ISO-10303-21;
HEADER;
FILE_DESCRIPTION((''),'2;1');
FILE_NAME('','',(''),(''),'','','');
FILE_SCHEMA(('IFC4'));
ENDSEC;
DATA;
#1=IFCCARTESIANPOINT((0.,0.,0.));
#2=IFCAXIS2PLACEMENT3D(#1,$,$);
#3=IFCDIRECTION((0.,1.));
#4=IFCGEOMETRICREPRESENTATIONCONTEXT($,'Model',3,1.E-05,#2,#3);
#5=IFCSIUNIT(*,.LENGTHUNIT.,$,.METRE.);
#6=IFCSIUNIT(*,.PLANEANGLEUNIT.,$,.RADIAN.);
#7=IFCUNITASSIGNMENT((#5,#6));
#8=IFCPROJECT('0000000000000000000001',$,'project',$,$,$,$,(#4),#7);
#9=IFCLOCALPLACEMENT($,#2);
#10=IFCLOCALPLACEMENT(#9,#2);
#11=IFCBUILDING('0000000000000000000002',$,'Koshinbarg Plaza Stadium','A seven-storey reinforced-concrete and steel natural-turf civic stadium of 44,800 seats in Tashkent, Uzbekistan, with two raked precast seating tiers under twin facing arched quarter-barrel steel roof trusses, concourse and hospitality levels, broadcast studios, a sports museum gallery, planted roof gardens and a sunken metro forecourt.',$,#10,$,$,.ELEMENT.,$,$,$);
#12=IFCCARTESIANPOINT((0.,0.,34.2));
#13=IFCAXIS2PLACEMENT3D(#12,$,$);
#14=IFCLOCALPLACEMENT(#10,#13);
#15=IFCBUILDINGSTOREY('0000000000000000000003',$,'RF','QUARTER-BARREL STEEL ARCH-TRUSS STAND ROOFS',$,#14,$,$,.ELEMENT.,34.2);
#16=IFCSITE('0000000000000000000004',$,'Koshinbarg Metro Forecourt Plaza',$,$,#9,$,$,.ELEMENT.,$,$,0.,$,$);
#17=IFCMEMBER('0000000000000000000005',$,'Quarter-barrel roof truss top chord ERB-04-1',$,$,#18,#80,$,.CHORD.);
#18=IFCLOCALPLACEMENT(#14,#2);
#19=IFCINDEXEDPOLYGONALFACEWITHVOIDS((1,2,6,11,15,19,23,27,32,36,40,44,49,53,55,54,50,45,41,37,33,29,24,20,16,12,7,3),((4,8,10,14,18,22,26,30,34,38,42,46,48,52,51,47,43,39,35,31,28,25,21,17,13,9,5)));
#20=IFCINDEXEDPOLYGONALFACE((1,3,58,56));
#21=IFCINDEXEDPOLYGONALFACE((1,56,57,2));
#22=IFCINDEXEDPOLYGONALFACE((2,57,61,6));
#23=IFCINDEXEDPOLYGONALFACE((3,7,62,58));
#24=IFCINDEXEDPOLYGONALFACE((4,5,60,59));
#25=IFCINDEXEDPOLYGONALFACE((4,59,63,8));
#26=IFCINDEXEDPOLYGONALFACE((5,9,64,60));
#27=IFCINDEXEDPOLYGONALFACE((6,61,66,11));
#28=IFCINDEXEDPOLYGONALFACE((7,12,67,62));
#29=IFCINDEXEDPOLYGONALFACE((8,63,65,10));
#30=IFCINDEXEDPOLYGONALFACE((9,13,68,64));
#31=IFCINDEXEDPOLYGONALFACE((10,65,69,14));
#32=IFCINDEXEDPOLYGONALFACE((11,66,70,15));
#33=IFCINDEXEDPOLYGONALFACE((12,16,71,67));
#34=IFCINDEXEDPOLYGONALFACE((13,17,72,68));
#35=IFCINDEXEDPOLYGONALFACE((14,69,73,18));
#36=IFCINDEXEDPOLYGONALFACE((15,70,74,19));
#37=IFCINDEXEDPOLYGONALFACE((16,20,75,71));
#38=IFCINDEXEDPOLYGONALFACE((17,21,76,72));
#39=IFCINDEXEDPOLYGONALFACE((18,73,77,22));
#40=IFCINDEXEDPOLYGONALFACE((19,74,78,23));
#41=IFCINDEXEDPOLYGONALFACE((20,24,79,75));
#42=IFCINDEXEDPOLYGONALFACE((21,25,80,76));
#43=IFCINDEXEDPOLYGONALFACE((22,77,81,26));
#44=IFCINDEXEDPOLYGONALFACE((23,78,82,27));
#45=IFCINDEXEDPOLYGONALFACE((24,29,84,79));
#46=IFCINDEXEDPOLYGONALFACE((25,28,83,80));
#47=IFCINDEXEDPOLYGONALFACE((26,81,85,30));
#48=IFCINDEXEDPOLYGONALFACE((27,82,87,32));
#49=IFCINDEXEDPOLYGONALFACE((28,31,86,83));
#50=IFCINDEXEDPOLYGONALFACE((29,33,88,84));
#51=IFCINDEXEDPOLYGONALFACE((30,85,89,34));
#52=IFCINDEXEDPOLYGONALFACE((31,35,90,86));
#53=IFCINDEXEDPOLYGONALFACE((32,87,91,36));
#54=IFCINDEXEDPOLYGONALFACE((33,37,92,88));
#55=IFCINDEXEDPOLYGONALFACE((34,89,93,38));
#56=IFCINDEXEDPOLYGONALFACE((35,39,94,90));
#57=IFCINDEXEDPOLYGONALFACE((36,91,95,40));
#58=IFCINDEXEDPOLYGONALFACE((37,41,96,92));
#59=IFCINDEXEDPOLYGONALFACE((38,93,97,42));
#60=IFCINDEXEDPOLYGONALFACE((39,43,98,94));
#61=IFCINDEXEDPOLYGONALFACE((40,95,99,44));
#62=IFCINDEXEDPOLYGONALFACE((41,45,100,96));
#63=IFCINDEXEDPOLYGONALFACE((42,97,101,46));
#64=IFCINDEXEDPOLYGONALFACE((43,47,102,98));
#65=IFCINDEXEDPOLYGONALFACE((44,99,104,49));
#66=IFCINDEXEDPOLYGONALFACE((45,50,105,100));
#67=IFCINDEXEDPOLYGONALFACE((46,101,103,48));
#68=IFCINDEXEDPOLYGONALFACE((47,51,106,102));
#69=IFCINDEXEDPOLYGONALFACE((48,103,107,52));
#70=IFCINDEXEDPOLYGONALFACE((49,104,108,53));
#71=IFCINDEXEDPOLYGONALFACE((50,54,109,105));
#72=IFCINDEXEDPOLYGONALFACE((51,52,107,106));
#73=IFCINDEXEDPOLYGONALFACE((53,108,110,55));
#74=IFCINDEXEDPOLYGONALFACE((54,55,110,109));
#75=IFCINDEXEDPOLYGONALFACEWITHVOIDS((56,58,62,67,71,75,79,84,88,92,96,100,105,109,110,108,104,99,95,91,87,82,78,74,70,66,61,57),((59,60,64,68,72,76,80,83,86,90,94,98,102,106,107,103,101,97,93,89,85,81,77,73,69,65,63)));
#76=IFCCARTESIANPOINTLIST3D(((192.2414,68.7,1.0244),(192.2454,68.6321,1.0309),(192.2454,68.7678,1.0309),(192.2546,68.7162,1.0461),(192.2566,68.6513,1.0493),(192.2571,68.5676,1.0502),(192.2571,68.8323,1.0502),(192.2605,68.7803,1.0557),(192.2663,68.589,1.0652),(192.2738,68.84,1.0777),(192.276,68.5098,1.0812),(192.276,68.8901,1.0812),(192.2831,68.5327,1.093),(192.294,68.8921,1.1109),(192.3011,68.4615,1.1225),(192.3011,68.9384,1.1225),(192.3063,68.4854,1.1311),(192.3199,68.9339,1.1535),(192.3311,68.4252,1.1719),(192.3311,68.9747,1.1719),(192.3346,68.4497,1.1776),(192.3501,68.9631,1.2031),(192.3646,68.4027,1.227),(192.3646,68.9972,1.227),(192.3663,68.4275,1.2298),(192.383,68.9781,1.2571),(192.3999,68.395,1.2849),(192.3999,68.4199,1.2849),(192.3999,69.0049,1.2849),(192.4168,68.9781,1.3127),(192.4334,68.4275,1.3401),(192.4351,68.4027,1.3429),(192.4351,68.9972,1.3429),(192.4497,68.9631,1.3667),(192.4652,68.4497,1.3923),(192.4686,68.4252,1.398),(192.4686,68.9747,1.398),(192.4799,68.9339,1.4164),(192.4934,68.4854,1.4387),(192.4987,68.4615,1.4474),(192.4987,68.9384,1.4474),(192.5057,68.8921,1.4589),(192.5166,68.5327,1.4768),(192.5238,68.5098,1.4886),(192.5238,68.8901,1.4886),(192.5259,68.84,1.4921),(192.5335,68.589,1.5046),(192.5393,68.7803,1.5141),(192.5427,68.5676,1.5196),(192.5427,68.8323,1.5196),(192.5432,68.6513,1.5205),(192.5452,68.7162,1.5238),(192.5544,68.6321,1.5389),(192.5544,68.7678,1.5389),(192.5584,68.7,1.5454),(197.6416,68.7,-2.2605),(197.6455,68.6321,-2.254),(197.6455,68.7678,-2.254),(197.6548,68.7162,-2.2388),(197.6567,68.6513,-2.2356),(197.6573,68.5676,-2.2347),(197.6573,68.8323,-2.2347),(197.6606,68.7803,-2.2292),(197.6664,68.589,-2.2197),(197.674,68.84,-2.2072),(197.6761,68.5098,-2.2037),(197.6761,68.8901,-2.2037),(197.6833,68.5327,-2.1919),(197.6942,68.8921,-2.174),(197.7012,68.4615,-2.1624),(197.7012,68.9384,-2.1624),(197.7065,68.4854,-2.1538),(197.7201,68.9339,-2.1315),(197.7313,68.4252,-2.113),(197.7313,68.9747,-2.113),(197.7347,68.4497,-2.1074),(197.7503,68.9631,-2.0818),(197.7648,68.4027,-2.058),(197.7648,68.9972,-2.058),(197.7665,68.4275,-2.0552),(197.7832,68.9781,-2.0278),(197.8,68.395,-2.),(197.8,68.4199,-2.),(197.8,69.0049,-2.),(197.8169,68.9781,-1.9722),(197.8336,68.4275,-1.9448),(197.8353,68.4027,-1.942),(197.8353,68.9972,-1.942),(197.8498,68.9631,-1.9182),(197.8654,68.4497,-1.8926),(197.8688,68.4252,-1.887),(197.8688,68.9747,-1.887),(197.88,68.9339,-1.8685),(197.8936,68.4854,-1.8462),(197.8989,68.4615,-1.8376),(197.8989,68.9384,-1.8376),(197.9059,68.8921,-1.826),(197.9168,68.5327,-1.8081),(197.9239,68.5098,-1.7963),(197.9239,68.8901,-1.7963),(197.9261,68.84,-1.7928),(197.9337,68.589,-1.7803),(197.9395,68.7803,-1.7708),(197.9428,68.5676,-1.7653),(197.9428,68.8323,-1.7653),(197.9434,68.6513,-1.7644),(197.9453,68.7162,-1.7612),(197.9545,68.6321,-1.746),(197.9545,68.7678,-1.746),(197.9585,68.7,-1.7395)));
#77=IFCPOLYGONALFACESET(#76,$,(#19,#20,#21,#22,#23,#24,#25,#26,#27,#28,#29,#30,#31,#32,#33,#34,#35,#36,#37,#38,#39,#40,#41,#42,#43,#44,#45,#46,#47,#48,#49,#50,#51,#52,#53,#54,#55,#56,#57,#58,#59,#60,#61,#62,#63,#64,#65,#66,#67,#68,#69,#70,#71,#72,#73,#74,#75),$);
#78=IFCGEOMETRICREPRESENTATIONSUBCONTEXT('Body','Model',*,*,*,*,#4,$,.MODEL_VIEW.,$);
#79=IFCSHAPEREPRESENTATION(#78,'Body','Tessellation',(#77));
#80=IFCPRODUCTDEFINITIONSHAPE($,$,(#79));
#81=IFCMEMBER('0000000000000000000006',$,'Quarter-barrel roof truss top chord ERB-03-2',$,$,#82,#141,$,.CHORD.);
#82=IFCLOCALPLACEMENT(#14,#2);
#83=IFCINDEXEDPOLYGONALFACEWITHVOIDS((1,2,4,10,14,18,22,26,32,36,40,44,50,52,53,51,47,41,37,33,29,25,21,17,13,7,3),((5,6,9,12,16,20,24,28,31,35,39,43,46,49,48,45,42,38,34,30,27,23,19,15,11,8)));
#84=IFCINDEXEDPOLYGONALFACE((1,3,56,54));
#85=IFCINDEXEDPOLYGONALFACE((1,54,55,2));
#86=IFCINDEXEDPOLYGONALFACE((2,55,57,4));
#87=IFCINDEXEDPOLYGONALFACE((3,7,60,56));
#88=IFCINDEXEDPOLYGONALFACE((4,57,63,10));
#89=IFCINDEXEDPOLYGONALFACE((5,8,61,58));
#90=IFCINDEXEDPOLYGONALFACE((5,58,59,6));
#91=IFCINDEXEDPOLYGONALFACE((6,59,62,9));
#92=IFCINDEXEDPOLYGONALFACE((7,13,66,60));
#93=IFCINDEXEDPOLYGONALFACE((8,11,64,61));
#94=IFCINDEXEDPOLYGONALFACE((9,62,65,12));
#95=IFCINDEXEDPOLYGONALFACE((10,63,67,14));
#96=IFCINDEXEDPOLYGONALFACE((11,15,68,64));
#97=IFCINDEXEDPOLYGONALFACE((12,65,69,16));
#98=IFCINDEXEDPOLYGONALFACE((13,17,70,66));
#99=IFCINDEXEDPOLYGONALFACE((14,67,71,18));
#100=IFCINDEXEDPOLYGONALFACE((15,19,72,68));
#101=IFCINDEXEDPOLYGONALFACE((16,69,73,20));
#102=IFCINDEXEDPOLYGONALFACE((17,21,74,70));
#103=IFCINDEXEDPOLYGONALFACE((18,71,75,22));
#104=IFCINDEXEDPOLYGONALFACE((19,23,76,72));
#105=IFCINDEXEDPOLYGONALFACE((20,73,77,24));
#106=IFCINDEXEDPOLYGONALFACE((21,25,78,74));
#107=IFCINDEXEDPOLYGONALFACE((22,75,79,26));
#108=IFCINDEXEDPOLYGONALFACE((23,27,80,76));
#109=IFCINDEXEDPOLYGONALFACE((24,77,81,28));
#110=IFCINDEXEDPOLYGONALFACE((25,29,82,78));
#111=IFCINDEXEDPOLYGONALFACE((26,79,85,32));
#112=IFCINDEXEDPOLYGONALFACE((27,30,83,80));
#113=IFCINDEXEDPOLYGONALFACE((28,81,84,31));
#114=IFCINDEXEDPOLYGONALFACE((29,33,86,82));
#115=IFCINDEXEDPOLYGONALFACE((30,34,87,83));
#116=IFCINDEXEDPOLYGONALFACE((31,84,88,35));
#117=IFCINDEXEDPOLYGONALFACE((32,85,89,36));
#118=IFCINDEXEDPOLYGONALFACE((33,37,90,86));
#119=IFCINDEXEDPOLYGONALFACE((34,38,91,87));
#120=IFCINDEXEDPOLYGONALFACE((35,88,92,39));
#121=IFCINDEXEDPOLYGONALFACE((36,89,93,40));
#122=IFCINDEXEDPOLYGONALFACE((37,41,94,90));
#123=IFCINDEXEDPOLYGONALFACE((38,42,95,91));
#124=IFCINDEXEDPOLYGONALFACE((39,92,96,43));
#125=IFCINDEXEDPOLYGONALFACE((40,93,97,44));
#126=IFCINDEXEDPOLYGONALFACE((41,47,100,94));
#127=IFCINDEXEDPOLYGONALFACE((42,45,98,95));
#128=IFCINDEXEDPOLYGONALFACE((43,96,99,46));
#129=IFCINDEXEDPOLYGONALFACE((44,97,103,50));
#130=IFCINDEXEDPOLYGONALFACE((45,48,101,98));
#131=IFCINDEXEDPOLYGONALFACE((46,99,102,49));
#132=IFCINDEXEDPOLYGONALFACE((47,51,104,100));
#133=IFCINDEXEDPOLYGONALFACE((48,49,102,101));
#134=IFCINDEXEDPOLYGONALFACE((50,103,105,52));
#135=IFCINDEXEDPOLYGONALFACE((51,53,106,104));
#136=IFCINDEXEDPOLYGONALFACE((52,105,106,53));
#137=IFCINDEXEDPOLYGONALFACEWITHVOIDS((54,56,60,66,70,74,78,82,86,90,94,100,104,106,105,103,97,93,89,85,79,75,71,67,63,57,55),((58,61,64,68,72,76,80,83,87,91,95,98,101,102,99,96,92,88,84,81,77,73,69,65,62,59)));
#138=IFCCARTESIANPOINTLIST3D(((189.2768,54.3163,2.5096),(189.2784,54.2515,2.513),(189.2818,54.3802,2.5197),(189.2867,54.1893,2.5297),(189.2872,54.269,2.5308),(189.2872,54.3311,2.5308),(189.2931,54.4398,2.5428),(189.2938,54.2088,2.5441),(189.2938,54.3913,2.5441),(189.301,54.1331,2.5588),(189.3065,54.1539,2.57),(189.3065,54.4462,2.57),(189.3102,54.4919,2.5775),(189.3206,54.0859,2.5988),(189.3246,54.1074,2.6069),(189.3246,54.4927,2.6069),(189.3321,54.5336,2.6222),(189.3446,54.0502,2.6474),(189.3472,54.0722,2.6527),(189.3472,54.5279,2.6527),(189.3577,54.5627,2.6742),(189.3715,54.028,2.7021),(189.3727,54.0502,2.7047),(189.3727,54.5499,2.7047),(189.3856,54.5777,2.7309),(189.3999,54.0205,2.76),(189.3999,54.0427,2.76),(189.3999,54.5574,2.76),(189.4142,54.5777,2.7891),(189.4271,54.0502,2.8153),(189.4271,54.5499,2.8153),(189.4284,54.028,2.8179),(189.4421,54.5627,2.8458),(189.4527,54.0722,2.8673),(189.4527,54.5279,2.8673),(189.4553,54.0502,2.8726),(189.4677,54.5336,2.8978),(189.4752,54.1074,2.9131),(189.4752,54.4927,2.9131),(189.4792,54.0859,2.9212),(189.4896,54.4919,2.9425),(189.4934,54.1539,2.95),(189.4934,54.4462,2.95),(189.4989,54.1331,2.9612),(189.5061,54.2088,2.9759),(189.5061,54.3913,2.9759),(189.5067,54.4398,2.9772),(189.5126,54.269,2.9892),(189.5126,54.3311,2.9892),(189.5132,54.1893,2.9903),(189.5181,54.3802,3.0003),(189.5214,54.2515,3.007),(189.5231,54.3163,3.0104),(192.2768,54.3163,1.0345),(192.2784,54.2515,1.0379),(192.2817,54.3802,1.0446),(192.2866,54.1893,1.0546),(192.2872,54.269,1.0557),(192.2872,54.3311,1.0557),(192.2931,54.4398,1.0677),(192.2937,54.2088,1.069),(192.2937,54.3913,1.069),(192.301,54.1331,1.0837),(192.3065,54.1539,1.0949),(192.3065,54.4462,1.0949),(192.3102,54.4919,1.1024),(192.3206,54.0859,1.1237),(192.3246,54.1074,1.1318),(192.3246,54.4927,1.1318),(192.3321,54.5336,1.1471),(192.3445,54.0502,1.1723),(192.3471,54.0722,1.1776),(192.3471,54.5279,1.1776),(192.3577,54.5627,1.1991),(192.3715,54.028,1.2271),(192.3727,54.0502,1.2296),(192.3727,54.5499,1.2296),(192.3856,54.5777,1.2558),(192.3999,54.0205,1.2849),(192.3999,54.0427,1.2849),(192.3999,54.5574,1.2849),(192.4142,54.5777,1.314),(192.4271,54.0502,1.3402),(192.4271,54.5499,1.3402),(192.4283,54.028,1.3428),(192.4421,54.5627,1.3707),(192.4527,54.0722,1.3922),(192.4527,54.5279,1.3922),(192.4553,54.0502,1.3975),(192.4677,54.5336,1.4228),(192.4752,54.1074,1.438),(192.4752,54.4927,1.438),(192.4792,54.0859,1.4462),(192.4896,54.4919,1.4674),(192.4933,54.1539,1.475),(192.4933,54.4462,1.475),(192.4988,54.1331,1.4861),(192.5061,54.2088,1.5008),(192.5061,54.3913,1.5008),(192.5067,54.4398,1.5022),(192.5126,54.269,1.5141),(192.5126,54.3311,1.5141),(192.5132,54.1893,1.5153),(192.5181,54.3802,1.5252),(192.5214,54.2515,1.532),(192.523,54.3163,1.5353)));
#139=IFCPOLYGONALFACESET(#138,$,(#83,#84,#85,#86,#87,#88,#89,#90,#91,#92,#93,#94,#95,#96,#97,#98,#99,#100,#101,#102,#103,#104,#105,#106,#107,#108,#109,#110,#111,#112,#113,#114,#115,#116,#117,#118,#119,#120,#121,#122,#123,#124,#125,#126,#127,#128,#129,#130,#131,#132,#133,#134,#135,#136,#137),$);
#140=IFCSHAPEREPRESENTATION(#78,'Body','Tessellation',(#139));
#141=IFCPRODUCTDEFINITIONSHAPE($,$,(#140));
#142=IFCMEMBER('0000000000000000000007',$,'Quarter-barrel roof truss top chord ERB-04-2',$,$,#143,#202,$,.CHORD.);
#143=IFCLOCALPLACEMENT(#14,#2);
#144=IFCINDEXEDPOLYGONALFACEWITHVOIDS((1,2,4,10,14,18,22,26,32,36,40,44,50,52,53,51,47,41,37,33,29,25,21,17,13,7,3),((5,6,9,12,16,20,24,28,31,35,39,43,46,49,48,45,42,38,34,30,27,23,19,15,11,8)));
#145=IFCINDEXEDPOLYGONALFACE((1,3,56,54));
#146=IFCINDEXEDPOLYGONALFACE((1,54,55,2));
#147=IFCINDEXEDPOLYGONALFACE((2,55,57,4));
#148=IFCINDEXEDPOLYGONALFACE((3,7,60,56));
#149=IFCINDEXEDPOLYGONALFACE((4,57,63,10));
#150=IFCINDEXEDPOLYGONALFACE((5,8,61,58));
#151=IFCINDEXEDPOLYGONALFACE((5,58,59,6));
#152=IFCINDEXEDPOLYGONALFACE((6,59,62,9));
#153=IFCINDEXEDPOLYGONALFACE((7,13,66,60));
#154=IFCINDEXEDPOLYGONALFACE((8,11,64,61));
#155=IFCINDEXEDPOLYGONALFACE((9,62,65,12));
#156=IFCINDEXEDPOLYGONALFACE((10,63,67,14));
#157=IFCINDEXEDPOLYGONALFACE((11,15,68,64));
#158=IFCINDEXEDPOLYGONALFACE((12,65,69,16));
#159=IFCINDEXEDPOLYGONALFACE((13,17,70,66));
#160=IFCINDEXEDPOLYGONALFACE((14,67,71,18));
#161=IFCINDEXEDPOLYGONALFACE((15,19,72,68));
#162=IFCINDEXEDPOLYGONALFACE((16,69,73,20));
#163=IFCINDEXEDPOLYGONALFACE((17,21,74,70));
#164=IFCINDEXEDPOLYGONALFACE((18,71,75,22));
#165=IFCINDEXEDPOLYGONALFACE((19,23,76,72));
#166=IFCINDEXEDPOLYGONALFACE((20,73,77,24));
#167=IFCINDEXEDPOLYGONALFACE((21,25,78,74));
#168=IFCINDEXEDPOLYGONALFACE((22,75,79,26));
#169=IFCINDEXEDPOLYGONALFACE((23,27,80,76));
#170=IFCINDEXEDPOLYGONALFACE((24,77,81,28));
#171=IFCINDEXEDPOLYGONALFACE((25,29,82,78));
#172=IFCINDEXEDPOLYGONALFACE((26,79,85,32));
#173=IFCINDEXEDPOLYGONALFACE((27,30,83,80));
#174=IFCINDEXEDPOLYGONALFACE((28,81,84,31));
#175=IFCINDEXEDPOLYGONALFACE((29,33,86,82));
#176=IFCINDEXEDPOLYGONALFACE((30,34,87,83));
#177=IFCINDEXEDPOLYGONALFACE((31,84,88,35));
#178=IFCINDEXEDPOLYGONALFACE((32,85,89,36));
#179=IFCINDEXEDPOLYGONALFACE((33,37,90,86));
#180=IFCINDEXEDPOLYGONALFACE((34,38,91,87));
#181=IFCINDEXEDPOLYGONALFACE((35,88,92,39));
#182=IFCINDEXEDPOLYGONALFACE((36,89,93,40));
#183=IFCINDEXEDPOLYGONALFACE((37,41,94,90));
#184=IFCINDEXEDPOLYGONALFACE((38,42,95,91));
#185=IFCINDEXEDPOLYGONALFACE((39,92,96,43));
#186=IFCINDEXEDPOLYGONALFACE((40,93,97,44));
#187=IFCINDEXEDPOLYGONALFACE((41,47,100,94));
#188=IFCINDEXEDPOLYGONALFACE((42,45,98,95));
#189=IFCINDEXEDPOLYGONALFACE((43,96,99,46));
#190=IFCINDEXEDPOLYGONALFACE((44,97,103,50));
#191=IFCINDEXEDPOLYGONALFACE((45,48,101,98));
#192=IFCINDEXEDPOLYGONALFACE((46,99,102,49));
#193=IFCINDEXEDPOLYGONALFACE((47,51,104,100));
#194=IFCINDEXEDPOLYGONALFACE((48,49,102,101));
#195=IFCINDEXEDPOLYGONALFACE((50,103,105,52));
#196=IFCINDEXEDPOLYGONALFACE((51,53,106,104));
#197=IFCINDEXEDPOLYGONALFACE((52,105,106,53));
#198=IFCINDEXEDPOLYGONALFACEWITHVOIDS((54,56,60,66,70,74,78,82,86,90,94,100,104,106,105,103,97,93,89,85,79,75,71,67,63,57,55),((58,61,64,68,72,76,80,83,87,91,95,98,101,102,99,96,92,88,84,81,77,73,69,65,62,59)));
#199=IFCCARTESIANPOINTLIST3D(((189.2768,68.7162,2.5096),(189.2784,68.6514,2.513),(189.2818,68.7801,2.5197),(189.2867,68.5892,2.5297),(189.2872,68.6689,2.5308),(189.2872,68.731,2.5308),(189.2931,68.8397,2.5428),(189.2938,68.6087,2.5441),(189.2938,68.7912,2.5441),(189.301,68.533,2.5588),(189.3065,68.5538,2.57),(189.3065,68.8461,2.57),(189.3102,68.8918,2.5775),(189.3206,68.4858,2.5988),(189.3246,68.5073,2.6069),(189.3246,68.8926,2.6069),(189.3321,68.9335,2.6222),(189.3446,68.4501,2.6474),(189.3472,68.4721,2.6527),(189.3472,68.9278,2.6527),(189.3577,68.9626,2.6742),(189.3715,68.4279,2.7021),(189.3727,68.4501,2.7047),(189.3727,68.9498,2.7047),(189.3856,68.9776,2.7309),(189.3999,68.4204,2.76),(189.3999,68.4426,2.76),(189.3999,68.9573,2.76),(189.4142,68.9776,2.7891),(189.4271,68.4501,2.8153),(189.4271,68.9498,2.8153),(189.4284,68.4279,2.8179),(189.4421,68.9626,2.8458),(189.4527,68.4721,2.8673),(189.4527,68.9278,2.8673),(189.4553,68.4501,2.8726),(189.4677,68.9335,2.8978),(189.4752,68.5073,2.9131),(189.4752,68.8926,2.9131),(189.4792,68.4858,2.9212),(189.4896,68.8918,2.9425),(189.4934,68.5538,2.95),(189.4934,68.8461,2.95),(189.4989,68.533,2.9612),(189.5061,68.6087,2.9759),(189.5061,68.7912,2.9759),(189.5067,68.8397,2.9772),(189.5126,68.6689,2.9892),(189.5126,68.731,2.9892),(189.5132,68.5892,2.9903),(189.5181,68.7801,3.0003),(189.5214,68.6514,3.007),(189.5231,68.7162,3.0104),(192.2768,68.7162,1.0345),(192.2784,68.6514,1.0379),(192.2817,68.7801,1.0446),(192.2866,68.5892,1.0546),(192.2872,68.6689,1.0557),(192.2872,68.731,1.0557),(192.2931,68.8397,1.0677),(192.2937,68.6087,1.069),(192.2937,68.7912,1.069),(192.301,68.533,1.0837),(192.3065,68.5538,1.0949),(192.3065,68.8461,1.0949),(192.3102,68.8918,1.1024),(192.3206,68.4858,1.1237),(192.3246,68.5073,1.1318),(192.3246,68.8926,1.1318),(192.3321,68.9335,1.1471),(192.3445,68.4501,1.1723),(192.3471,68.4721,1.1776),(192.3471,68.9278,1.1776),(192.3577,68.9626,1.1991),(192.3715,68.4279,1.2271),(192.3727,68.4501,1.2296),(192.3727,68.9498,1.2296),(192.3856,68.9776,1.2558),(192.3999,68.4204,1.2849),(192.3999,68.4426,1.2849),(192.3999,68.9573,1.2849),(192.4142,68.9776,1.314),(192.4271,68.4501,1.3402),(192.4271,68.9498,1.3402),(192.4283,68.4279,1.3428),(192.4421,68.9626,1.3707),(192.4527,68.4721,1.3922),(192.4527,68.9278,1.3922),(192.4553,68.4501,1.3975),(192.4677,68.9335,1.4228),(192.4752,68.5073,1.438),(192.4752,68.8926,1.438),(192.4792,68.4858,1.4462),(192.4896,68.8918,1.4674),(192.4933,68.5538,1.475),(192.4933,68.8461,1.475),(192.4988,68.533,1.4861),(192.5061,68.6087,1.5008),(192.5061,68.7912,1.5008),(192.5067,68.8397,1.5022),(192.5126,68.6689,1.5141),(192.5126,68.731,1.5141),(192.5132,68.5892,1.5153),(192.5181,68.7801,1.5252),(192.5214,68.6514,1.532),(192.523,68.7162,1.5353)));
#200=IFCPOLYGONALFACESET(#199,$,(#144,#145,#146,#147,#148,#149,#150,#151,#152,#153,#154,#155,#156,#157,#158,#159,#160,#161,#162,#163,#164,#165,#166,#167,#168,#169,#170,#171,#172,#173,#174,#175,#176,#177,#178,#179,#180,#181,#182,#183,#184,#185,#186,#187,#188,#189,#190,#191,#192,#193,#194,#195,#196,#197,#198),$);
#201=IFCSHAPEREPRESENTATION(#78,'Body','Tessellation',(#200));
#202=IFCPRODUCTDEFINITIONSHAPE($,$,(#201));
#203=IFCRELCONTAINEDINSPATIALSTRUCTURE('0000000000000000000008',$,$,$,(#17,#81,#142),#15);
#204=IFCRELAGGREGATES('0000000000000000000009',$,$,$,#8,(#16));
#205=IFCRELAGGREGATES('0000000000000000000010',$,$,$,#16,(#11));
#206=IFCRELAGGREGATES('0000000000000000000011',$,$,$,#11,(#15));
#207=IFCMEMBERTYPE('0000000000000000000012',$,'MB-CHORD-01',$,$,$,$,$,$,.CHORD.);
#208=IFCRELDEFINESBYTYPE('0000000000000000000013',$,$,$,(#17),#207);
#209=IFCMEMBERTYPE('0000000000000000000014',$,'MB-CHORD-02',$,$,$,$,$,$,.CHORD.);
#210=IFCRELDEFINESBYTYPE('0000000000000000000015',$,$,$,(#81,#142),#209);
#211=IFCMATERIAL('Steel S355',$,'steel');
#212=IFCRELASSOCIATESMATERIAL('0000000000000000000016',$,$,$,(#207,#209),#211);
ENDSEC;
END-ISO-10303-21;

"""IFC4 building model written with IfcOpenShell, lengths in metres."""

from ifc_helpers import new_model, si_unit, direction, frame, origin, origin_2d, place, context, subcontext, project, spatial, hollow_circle, extrude, material, material_profile, profile_set, type_object, element, save


model = new_model("IFC4")

# Units and contexts
model_context = context("Model", 3, precision=1e-05, world=origin(), true_north=direction((0.0, 1.0)))
body_context = subcontext(model_context, "Body", "Model", "MODEL_VIEW")
ifc_project = project(units=[si_unit("LENGTHUNIT", "METRE"), si_unit("PLANEANGLEUNIT", "RADIAN")], contexts=[model_context])

# Site, building, storey
site_placement = place(None, origin())
site = spatial("IfcSite", under=ifc_project, at=site_placement, Name="Koshinbarg Metro Forecourt Plaza", CompositionType="ELEMENT", RefElevation=0.0)
building_placement = place(site_placement, origin())
building = spatial("IfcBuilding", under=site, at=building_placement, Name="Koshinbarg Plaza Stadium", Description="A seven-storey reinforced-concrete and steel natural-turf civic stadium of 44,800 seats in Tashkent, Uzbekistan, with two raked precast seating tiers under twin facing arched quarter-barrel steel roof trusses, concourse and hospitality levels, broadcast studios, a sports museum gallery, planted roof gardens and a sunken metro forecourt.", CompositionType="ELEMENT")
storey_placement = place(building_placement, frame((0.0, 0.0, 34.2)))
storey = spatial("IfcBuildingStorey", under=building, at=storey_placement, Name="RF", Description="QUARTER-BARREL STEEL ARCH-TRUSS STAND ROOFS", CompositionType="ELEMENT", Elevation=34.2)

# Members
ifc_material_1 = material(Name="Steel S355", Category="steel")
ifc_material_profile_1 = material_profile(ifc_material_1, hollow_circle(Radius=0.3049, WallThickness=0.0249, at=origin_2d()), Name="CHS 610x25")
ifc_profile_set_1 = profile_set([ifc_material_profile_1], Name="Steel S355")
member_type_1 = type_object("IfcMemberType", Name="MB-CHORD-01", PredefinedType="CHORD", material=ifc_profile_set_1)
for number, where, z_axis, x_axis, name in (
    (1, (197.8, 68.7, -2.0), (-0.854348, 0.0, 0.519701), (0.0, -1.0, 0.0), "Quarter-barrel roof truss top chord ERB-04-1"),
):
    element("IfcMember", number, at=place(storey_placement, frame(where, z_axis=z_axis, x_axis=x_axis)), inside=storey, type_object=member_type_1, Name=name, PredefinedType="CHORD", context=body_context, shape_type="SweptSolid", body=[
        extrude(hollow_circle(Radius=0.3049, WallThickness=0.0249, at=origin_2d()), origin(), (0.0, 0.0, 1.0), 6.3208),
    ])
ifc_material_profile_2 = material_profile(ifc_material_1, hollow_circle(Radius=0.2795, WallThickness=0.0222, at=origin_2d()), Name="CHS 559x22.2")
ifc_profile_set_2 = profile_set([ifc_material_profile_2], Name="Steel S355")
member_type_2 = type_object("IfcMemberType", Name="MB-CHORD-02", PredefinedType="CHORD", material=ifc_profile_set_2)
for number, where, z_axis, x_axis, name in (
    (2, (192.3999, 54.3, 1.2849), (-0.897387, 0.0, 0.441244), (0.0, -1.0, 0.0), "Quarter-barrel roof truss top chord ERB-03-2"),
    (3, (192.3999, 68.7, 1.2849), (-0.897387, 0.0, 0.441244), (0.0, -1.0, 0.0), "Quarter-barrel roof truss top chord ERB-04-2"),
):
    element("IfcMember", number, at=place(storey_placement, frame(where, z_axis=z_axis, x_axis=x_axis)), inside=storey, type_object=member_type_2, Name=name, PredefinedType="CHORD", context=body_context, shape_type="SweptSolid", body=[
        extrude(hollow_circle(Radius=0.2795, WallThickness=0.0222, at=origin_2d()), origin(), (0.0, 0.0, 1.0), 3.343),
    ])

save(model, "model.ifc")
